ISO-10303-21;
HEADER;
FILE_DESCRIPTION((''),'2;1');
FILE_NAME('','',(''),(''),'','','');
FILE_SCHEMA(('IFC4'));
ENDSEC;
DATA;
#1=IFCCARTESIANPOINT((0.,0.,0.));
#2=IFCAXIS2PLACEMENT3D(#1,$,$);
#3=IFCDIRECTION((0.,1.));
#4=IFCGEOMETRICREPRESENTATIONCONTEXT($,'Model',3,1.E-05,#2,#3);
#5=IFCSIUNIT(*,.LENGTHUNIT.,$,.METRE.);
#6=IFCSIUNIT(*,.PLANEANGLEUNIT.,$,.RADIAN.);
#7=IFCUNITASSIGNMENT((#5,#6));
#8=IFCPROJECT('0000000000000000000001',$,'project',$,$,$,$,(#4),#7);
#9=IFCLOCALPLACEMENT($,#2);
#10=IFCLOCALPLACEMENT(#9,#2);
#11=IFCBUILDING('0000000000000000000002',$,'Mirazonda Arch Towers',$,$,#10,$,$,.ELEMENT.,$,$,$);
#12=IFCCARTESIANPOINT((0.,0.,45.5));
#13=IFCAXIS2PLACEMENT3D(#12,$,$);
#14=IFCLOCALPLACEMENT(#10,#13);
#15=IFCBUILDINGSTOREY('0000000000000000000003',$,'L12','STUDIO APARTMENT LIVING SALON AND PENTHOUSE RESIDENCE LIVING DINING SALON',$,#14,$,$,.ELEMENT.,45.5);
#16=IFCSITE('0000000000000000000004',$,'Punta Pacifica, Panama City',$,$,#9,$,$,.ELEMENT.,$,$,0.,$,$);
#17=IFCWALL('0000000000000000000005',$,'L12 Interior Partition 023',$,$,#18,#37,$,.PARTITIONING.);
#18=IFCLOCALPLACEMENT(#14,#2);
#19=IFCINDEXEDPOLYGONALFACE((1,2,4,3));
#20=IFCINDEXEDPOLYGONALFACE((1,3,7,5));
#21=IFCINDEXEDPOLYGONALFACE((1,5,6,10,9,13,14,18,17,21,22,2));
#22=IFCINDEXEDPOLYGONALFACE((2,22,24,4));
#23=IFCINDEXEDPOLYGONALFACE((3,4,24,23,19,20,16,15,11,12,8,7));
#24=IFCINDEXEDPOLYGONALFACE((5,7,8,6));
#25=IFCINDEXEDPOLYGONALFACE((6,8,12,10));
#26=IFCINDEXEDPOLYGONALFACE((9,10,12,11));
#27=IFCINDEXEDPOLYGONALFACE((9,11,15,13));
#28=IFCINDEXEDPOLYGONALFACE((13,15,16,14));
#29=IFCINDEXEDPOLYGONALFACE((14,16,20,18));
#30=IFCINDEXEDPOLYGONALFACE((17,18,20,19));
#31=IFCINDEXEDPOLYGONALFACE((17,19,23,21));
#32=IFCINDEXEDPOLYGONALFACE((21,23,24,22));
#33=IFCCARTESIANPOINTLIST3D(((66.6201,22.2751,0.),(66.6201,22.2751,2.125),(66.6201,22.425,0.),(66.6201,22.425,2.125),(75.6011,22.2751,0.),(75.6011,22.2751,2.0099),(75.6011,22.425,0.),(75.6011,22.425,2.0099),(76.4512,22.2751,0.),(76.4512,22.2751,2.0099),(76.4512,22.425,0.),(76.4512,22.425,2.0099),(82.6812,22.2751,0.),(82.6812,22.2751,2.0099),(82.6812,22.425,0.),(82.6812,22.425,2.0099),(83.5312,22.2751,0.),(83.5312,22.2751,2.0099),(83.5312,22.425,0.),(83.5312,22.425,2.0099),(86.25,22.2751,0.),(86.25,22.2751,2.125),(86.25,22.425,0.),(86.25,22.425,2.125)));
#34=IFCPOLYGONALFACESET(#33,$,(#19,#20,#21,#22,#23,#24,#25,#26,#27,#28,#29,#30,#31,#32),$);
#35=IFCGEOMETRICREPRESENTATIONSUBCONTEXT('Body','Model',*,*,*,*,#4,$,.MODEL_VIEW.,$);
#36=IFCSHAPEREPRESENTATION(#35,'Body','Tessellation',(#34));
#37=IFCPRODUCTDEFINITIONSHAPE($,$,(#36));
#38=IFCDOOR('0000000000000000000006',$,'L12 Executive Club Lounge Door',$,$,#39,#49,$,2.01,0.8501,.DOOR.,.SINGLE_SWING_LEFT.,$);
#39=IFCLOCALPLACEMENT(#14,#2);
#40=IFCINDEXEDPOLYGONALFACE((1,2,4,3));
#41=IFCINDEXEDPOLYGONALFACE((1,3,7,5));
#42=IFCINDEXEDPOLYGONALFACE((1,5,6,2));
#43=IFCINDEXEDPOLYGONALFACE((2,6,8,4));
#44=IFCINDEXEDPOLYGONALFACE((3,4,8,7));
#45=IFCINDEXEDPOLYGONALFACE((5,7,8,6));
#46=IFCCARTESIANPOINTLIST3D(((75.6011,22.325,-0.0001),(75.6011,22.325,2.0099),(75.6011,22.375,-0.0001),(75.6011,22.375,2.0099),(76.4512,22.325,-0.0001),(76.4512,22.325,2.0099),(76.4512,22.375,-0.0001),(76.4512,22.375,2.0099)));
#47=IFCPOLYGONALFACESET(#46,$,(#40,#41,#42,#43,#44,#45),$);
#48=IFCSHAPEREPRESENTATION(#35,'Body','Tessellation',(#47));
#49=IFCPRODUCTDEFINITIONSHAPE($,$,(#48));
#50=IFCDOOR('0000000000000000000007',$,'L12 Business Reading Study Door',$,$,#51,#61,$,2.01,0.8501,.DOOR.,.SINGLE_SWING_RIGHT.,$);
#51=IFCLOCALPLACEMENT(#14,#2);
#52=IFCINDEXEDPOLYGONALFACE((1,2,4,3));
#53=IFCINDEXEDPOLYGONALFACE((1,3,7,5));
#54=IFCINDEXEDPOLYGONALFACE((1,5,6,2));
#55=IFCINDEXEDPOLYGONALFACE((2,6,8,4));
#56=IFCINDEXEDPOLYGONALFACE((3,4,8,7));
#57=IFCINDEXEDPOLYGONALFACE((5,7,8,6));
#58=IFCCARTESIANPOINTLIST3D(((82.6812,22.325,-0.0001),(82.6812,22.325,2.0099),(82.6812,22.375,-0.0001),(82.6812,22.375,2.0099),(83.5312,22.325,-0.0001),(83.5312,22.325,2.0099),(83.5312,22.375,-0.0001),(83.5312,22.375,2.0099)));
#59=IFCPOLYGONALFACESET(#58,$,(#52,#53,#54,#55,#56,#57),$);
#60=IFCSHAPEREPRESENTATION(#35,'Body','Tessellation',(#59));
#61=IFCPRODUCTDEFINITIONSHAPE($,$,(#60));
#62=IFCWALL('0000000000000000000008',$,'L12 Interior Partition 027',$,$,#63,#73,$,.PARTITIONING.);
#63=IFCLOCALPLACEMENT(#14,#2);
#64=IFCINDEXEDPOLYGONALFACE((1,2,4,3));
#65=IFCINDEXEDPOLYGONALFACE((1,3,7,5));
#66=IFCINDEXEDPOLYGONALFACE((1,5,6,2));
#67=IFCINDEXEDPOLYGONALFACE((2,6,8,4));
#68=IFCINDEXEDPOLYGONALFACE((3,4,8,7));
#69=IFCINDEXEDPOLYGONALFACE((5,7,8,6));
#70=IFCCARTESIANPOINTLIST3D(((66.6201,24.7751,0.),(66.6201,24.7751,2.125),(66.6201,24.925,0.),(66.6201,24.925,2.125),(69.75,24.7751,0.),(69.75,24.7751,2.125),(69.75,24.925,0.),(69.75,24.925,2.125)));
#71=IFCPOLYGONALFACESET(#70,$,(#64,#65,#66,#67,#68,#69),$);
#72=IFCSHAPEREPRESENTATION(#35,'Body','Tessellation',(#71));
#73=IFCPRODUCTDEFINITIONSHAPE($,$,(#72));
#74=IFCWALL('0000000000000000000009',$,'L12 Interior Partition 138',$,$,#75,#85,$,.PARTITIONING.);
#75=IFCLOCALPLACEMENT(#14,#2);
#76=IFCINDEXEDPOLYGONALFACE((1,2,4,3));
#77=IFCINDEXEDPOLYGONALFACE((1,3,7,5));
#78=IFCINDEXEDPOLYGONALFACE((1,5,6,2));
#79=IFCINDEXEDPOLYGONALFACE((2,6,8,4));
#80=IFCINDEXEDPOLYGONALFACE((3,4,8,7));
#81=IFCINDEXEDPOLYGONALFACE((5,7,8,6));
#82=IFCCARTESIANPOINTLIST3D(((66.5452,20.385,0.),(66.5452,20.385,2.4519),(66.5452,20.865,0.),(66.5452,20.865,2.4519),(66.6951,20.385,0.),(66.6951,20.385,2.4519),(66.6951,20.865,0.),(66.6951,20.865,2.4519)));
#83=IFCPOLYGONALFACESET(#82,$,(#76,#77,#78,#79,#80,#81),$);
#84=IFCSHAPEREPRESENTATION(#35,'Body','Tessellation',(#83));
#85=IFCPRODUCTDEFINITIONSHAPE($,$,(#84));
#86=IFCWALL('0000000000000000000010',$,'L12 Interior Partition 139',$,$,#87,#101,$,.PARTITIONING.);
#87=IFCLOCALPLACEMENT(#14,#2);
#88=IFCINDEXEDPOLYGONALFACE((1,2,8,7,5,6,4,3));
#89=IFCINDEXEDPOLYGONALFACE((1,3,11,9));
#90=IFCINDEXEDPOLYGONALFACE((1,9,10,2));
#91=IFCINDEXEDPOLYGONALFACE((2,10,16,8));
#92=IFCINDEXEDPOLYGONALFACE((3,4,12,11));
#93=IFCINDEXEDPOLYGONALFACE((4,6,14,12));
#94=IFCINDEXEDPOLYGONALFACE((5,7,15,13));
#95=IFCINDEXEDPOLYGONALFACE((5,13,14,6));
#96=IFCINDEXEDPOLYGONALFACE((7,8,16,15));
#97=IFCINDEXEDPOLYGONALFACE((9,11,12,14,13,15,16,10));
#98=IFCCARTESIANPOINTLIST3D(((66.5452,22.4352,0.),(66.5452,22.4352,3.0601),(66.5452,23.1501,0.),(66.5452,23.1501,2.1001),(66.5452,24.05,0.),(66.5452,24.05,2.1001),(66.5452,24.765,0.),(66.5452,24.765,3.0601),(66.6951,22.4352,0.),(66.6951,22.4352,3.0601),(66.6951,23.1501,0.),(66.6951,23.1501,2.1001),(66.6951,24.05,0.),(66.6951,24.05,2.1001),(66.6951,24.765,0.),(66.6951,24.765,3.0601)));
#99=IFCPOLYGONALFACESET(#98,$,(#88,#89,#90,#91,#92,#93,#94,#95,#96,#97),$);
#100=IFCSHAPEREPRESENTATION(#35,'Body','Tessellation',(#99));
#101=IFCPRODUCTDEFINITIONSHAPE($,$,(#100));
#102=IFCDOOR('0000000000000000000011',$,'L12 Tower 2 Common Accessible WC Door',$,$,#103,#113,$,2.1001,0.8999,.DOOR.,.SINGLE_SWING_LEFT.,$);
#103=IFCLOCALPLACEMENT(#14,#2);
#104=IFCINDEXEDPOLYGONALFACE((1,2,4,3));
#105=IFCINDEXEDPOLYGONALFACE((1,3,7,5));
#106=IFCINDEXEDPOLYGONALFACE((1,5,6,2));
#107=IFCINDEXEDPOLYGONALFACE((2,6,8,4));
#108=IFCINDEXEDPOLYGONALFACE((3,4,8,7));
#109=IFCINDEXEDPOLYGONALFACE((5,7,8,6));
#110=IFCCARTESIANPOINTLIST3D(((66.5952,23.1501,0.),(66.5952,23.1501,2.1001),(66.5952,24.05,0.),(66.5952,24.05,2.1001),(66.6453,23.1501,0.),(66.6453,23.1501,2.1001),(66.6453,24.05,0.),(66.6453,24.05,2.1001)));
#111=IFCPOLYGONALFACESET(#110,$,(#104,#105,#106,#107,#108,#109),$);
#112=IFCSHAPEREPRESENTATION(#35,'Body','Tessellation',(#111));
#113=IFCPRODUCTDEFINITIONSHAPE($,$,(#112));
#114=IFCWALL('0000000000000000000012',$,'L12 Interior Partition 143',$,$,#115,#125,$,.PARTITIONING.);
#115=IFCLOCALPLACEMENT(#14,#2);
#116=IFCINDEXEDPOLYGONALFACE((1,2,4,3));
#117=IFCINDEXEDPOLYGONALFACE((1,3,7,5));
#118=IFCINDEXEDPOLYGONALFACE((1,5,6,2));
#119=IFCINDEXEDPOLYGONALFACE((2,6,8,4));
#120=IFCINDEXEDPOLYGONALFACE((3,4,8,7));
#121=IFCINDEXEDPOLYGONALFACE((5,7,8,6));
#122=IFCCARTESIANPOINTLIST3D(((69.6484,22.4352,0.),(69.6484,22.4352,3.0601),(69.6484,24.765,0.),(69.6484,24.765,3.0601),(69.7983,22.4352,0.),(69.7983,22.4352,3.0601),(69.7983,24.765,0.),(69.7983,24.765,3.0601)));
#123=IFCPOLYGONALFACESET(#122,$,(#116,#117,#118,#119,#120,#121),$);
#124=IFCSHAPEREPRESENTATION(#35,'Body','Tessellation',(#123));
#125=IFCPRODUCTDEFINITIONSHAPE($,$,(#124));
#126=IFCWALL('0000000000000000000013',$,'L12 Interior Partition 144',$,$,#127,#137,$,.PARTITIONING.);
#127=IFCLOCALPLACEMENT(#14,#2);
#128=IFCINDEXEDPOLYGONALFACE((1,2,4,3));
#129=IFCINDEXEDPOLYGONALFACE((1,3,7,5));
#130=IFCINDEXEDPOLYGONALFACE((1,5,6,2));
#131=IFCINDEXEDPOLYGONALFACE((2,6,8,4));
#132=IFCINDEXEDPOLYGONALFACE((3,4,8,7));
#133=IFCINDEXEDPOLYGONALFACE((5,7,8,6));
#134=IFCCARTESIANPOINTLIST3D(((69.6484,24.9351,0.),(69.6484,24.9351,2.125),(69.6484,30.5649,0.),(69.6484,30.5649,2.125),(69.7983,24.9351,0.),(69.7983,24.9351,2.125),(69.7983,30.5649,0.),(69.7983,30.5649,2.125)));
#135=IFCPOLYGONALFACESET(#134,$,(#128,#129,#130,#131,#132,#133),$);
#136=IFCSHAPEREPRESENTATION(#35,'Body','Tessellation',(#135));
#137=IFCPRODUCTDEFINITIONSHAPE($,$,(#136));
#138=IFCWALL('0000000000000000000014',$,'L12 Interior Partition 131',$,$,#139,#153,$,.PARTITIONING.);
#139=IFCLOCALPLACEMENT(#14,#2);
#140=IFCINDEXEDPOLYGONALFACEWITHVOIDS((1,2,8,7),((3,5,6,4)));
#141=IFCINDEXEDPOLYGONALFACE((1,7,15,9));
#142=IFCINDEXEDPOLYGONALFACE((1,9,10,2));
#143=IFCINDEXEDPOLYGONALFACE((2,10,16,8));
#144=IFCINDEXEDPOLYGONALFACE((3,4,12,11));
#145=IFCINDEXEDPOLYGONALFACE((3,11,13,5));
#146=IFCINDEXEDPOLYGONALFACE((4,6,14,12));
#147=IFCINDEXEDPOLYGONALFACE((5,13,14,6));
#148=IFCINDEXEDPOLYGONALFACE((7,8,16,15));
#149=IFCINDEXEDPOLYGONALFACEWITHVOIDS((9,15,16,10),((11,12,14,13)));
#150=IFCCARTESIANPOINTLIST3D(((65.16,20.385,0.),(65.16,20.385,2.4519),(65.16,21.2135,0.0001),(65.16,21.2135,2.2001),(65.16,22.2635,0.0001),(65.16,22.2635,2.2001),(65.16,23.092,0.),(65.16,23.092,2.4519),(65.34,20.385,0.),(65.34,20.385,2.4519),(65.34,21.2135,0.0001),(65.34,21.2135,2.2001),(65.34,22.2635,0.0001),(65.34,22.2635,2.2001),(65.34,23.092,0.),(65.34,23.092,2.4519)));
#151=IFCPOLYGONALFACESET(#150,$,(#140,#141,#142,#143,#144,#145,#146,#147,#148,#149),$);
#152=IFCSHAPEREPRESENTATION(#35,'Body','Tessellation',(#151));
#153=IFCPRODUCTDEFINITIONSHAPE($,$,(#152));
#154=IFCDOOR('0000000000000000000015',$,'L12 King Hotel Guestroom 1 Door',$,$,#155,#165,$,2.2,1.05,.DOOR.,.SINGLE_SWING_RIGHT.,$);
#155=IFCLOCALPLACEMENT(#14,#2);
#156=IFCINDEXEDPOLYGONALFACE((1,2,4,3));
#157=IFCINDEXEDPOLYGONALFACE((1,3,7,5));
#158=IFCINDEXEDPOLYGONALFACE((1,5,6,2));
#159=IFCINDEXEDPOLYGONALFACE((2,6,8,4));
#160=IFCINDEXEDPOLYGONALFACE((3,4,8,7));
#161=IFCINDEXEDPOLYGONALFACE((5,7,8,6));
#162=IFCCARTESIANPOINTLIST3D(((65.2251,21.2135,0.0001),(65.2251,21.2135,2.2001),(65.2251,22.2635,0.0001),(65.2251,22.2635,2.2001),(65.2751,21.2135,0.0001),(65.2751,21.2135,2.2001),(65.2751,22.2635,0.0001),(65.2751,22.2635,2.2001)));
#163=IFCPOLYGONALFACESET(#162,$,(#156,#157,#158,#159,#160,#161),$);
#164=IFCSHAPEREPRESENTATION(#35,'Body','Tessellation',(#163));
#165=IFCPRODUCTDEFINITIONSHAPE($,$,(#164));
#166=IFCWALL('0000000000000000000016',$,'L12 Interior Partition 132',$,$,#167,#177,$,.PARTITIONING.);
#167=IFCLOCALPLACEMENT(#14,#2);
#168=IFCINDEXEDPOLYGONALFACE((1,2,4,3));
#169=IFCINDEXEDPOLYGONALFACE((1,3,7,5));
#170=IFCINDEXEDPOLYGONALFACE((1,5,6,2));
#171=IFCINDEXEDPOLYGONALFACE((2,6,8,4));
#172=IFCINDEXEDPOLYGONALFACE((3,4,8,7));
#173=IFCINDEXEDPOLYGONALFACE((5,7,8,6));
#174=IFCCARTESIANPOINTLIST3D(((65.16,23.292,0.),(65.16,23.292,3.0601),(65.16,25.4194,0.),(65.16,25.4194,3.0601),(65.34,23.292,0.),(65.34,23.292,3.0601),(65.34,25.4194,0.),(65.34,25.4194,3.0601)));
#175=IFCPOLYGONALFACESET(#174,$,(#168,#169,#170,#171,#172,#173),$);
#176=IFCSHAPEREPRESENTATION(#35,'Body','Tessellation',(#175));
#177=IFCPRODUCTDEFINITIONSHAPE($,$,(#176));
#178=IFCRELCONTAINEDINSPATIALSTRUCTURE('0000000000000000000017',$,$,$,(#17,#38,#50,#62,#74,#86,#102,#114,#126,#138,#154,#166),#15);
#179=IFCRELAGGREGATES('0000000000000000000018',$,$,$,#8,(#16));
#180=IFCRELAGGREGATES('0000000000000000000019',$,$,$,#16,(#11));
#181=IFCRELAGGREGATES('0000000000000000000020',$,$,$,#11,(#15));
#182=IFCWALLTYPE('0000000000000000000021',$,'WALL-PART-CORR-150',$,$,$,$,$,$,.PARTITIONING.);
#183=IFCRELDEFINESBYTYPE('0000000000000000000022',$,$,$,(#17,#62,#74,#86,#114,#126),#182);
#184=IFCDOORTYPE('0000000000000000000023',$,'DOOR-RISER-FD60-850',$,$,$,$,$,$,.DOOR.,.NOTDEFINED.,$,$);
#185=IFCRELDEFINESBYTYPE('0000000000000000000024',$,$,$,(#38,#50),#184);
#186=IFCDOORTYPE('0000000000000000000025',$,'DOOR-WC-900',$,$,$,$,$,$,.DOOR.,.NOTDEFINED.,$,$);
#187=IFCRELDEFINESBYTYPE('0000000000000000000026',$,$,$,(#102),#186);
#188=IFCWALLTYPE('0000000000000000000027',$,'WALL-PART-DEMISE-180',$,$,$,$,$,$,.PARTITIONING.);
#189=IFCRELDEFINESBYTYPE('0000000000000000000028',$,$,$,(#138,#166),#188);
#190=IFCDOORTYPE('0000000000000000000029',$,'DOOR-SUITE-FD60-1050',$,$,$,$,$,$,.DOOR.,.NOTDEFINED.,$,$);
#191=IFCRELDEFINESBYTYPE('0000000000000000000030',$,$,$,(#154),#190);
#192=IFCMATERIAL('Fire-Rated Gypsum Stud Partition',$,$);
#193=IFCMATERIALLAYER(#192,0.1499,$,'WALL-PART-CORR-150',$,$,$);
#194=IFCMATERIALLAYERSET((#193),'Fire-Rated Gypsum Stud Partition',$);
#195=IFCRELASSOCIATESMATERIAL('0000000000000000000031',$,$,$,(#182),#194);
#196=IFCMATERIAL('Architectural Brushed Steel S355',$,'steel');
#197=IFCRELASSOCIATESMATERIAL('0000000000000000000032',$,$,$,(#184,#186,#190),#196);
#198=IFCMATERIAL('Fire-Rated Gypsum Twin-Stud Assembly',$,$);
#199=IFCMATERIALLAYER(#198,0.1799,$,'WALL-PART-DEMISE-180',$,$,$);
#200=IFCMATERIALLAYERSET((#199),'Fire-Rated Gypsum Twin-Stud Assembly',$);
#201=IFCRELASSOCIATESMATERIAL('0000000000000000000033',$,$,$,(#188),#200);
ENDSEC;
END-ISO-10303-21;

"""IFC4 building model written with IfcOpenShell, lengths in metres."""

from ifc_helpers import new_model, si_unit, direction, frame, frame_2d, origin, place, context, subcontext, project, spatial, rectangle, extrude, material, layer, layer_set, type_object, element, fill, save


model = new_model("IFC4")

# Units and contexts
model_context = context("Model", 3, precision=1e-05, world=origin(), true_north=direction((0.0, 1.0)))
body_context = subcontext(model_context, "Body", "Model", "MODEL_VIEW")
ifc_project = project(units=[si_unit("LENGTHUNIT", "METRE"), si_unit("PLANEANGLEUNIT", "RADIAN")], contexts=[model_context])

# Site, building, storey
site_placement = place(None, origin())
site = spatial("IfcSite", under=ifc_project, at=site_placement, Name="Punta Pacifica, Panama City", CompositionType="ELEMENT", RefElevation=0.0)
building_placement = place(site_placement, origin())
building = spatial("IfcBuilding", under=site, at=building_placement, Name="Mirazonda Arch Towers", CompositionType="ELEMENT")
storey_placement = place(building_placement, frame((0.0, 0.0, 45.5)))
storey = spatial("IfcBuildingStorey", under=building, at=storey_placement, Name="L12", Description="STUDIO APARTMENT LIVING SALON AND PENTHOUSE RESIDENCE LIVING DINING SALON", CompositionType="ELEMENT", Elevation=45.5)

# Shared definitions
ifc_material_1 = material(Name="Architectural Brushed Steel S355", Category="steel")

# Shared definitions
ifc_material_2 = material(Name="Fire-Rated Gypsum Stud Partition")
ifc_layer_1 = layer(ifc_material_2, 0.1499, Name="WALL-PART-CORR-150")
ifc_layer_set_1 = layer_set([ifc_layer_1], Name="Fire-Rated Gypsum Stud Partition")
wall_type_1 = type_object("IfcWallType", Name="WALL-PART-CORR-150", PredefinedType="PARTITIONING", material=ifc_layer_set_1)

# Wall, openings, doors
wall_1_placement = place(storey_placement, frame((66.6201, 22.3501, 0.0), z_axis=(0.0, 0.0, 1.0), x_axis=(1.0, 0.0, 0.0)))
wall_1 = element("IfcWall", 1, at=wall_1_placement, inside=storey, type_object=wall_type_1, Name="L12 Interior Partition 023", PredefinedType="PARTITIONING", context=body_context, shape_type="SweptSolid", body=[
    extrude(rectangle(XDim=19.6299, YDim=0.1499, at=frame_2d((9.8149, 0.0))), origin(), (0.0, 0.0, 1.0), 2.125),
])
opening_1_placement = place(wall_1_placement, frame((8.981, 0.0, 0.0)))
opening_1 = element("IfcOpeningElement", 2, at=opening_1_placement, cuts=wall_1, PredefinedType="OPENING", context=body_context, shape_type="SweptSolid", body=[
    extrude(rectangle(XDim=0.8501, YDim=2.01, at=frame_2d((0.425, 1.0049))), frame((0.0, 0.085, 0.0), z_axis=(0.0, -1.0, 0.0), x_axis=(1.0, 0.0, 0.0)), (0.0, 0.0, 1.0), 0.1699),
])
opening_2_placement = place(wall_1_placement, frame((16.061, 0.0, 0.0)))
opening_2 = element("IfcOpeningElement", 3, at=opening_2_placement, cuts=wall_1, PredefinedType="OPENING", context=body_context, shape_type="SweptSolid", body=[
    extrude(rectangle(XDim=0.8501, YDim=2.01, at=frame_2d((0.425, 1.0049))), frame((0.0, 0.085, 0.0), z_axis=(0.0, -1.0, 0.0), x_axis=(1.0, 0.0, 0.0)), (0.0, 0.0, 1.0), 0.1699),
])
door_type_1 = type_object("IfcDoorType", Name="DOOR-RISER-FD60-850", OperationType="NOTDEFINED", PredefinedType="DOOR", material=ifc_material_1)
door_1_placement = place(opening_1_placement, origin())
door_1 = element("IfcDoor", 4, at=door_1_placement, inside=storey, type_object=door_type_1, Name="L12 Executive Club Lounge Door", OperationType="SINGLE_SWING_LEFT", OverallHeight=2.01, OverallWidth=0.8501, PredefinedType="DOOR", context=body_context, shape_type="SweptSolid", body=[
    extrude(rectangle(XDim=0.8501, YDim=2.01, at=frame_2d((0.425, 1.0049))), frame((0.0, 0.0249, 0.0), z_axis=(0.0, -1.0, 0.0), x_axis=(1.0, 0.0, 0.0)), (0.0, 0.0, 1.0), 0.05),
])
fill(opening_1, door_1)
door_2_placement = place(opening_2_placement, origin())
door_2 = element("IfcDoor", 5, at=door_2_placement, inside=storey, type_object=door_type_1, Name="L12 Business Reading Study Door", OperationType="SINGLE_SWING_RIGHT", OverallHeight=2.01, OverallWidth=0.8501, PredefinedType="DOOR", context=body_context, shape_type="SweptSolid", body=[
    extrude(rectangle(XDim=0.8501, YDim=2.01, at=frame_2d((0.425, 1.0049))), frame((0.0, 0.0249, 0.0), z_axis=(0.0, -1.0, 0.0), x_axis=(1.0, 0.0, 0.0)), (0.0, 0.0, 1.0), 0.05),
])
fill(opening_2, door_2)

# Walls
wall_2_placement = place(storey_placement, frame((66.6201, 24.8501, 0.0), z_axis=(0.0, 0.0, 1.0), x_axis=(1.0, 0.0, 0.0)))
element("IfcWall", 6, at=wall_2_placement, inside=storey, type_object=wall_type_1, Name="L12 Interior Partition 027", PredefinedType="PARTITIONING", context=body_context, shape_type="SweptSolid", body=[
    extrude(rectangle(XDim=3.1299, YDim=0.1499, at=frame_2d((1.5649, 0.0))), origin(), (0.0, 0.0, 1.0), 2.125),
])
wall_3_placement = place(storey_placement, frame((66.6201, 20.385, 0.0), z_axis=(0.0, 0.0, 1.0), x_axis=(0.0, 1.0, 0.0)))
element("IfcWall", 7, at=wall_3_placement, inside=storey, type_object=wall_type_1, Name="L12 Interior Partition 138", PredefinedType="PARTITIONING", context=body_context, shape_type="SweptSolid", body=[
    extrude(rectangle(XDim=0.48, YDim=0.1499, at=frame_2d((0.24, 0.0))), origin(), (0.0, 0.0, 1.0), 2.4519),
])

# Wall, opening, door
wall_4_placement = place(storey_placement, frame((66.6201, 22.4351, 0.0), z_axis=(0.0, 0.0, 1.0), x_axis=(0.0, 1.0, 0.0)))
wall_4 = element("IfcWall", 8, at=wall_4_placement, inside=storey, type_object=wall_type_1, Name="L12 Interior Partition 139", PredefinedType="PARTITIONING", context=body_context, shape_type="SweptSolid", body=[
    extrude(rectangle(XDim=2.3298, YDim=0.1499, at=frame_2d((1.165, 0.0))), origin(), (0.0, 0.0, 1.0), 3.0601),
])
opening_3_placement = place(wall_4_placement, frame((0.7151, 0.0, 0.0)))
opening_3 = element("IfcOpeningElement", 9, at=opening_3_placement, cuts=wall_4, PredefinedType="OPENING", context=body_context, shape_type="SweptSolid", body=[
    extrude(rectangle(XDim=0.8999, YDim=2.1001, at=frame_2d((0.45, 1.05))), frame((0.0, 0.085, 0.0), z_axis=(0.0, -1.0, 0.0), x_axis=(1.0, 0.0, 0.0)), (0.0, 0.0, 1.0), 0.1699),
])
door_type_2 = type_object("IfcDoorType", Name="DOOR-WC-900", OperationType="NOTDEFINED", PredefinedType="DOOR", material=ifc_material_1)
door_3_placement = place(opening_3_placement, origin())
door_3 = element("IfcDoor", 10, at=door_3_placement, inside=storey, type_object=door_type_2, Name="L12 Tower 2 Common Accessible WC Door", OperationType="SINGLE_SWING_LEFT", OverallHeight=2.1001, OverallWidth=0.8999, PredefinedType="DOOR", context=body_context, shape_type="SweptSolid", body=[
    extrude(rectangle(XDim=0.8999, YDim=2.1001, at=frame_2d((0.45, 1.05))), frame((0.0, 0.0249, 0.0), z_axis=(0.0, -1.0, 0.0), x_axis=(1.0, 0.0, 0.0)), (0.0, 0.0, 1.0), 0.05),
])
fill(opening_3, door_3)

# Walls
wall_5_placement = place(storey_placement, frame((69.7234, 22.4351, 0.0), z_axis=(0.0, 0.0, 1.0), x_axis=(0.0, 1.0, 0.0)))
element("IfcWall", 11, at=wall_5_placement, inside=storey, type_object=wall_type_1, Name="L12 Interior Partition 143", PredefinedType="PARTITIONING", context=body_context, shape_type="SweptSolid", body=[
    extrude(rectangle(XDim=2.3298, YDim=0.1499, at=frame_2d((1.165, 0.0))), origin(), (0.0, 0.0, 1.0), 3.0601),
])
wall_6_placement = place(storey_placement, frame((69.7234, 24.9351, 0.0), z_axis=(0.0, 0.0, 1.0), x_axis=(0.0, 1.0, 0.0)))
element("IfcWall", 12, at=wall_6_placement, inside=storey, type_object=wall_type_1, Name="L12 Interior Partition 144", PredefinedType="PARTITIONING", context=body_context, shape_type="SweptSolid", body=[
    extrude(rectangle(XDim=5.6299, YDim=0.1499, at=frame_2d((2.8149, 0.0))), origin(), (0.0, 0.0, 1.0), 2.125),
])

# Wall, opening, door
ifc_material_3 = material(Name="Fire-Rated Gypsum Twin-Stud Assembly")
ifc_layer_2 = layer(ifc_material_3, 0.1799, Name="WALL-PART-DEMISE-180")
ifc_layer_set_2 = layer_set([ifc_layer_2], Name="Fire-Rated Gypsum Twin-Stud Assembly")
wall_type_2 = type_object("IfcWallType", Name="WALL-PART-DEMISE-180", PredefinedType="PARTITIONING", material=ifc_layer_set_2)
wall_7_placement = place(storey_placement, frame((65.25, 20.385, 0.0), z_axis=(0.0, 0.0, 1.0), x_axis=(0.0, 1.0, 0.0)))
wall_7 = element("IfcWall", 13, at=wall_7_placement, inside=storey, type_object=wall_type_2, Name="L12 Interior Partition 131", PredefinedType="PARTITIONING", context=body_context, shape_type="SweptSolid", body=[
    extrude(rectangle(XDim=2.707, YDim=0.1799, at=frame_2d((1.3535, 0.0))), origin(), (0.0, 0.0, 1.0), 2.4519),
])
opening_4_placement = place(wall_7_placement, frame((0.8286, 0.0, 0.0)))
opening_4 = element("IfcOpeningElement", 14, at=opening_4_placement, cuts=wall_7, PredefinedType="OPENING", context=body_context, shape_type="SweptSolid", body=[
    extrude(rectangle(XDim=1.05, YDim=2.2, at=frame_2d((0.5249, 1.1001))), frame((0.0, 0.0999, 0.0), z_axis=(0.0, -1.0, 0.0), x_axis=(1.0, 0.0, 0.0)), (0.0, 0.0, 1.0), 0.2),
])
door_type_3 = type_object("IfcDoorType", Name="DOOR-SUITE-FD60-1050", OperationType="NOTDEFINED", PredefinedType="DOOR", material=ifc_material_1)
door_4_placement = place(opening_4_placement, origin())
door_4 = element("IfcDoor", 15, at=door_4_placement, inside=storey, type_object=door_type_3, Name="L12 King Hotel Guestroom 1 Door", OperationType="SINGLE_SWING_RIGHT", OverallHeight=2.2, OverallWidth=1.05, PredefinedType="DOOR", context=body_context, shape_type="SweptSolid", body=[
    extrude(rectangle(XDim=1.05, YDim=2.2, at=frame_2d((0.5249, 1.1001))), frame((0.0, 0.0249, 0.0), z_axis=(0.0, -1.0, 0.0), x_axis=(1.0, 0.0, 0.0)), (0.0, 0.0, 1.0), 0.05),
])
fill(opening_4, door_4)

# Wall
wall_8_placement = place(storey_placement, frame((65.25, 23.292, 0.0), z_axis=(0.0, 0.0, 1.0), x_axis=(0.0, 1.0, 0.0)))
element("IfcWall", 16, at=wall_8_placement, inside=storey, type_object=wall_type_2, Name="L12 Interior Partition 132", PredefinedType="PARTITIONING", context=body_context, shape_type="SweptSolid", body=[
    extrude(rectangle(XDim=2.1274, YDim=0.1799, at=frame_2d((1.0637, 0.0))), origin(), (0.0, 0.0, 1.0), 3.0601),
])

save(model, "model.ifc")
